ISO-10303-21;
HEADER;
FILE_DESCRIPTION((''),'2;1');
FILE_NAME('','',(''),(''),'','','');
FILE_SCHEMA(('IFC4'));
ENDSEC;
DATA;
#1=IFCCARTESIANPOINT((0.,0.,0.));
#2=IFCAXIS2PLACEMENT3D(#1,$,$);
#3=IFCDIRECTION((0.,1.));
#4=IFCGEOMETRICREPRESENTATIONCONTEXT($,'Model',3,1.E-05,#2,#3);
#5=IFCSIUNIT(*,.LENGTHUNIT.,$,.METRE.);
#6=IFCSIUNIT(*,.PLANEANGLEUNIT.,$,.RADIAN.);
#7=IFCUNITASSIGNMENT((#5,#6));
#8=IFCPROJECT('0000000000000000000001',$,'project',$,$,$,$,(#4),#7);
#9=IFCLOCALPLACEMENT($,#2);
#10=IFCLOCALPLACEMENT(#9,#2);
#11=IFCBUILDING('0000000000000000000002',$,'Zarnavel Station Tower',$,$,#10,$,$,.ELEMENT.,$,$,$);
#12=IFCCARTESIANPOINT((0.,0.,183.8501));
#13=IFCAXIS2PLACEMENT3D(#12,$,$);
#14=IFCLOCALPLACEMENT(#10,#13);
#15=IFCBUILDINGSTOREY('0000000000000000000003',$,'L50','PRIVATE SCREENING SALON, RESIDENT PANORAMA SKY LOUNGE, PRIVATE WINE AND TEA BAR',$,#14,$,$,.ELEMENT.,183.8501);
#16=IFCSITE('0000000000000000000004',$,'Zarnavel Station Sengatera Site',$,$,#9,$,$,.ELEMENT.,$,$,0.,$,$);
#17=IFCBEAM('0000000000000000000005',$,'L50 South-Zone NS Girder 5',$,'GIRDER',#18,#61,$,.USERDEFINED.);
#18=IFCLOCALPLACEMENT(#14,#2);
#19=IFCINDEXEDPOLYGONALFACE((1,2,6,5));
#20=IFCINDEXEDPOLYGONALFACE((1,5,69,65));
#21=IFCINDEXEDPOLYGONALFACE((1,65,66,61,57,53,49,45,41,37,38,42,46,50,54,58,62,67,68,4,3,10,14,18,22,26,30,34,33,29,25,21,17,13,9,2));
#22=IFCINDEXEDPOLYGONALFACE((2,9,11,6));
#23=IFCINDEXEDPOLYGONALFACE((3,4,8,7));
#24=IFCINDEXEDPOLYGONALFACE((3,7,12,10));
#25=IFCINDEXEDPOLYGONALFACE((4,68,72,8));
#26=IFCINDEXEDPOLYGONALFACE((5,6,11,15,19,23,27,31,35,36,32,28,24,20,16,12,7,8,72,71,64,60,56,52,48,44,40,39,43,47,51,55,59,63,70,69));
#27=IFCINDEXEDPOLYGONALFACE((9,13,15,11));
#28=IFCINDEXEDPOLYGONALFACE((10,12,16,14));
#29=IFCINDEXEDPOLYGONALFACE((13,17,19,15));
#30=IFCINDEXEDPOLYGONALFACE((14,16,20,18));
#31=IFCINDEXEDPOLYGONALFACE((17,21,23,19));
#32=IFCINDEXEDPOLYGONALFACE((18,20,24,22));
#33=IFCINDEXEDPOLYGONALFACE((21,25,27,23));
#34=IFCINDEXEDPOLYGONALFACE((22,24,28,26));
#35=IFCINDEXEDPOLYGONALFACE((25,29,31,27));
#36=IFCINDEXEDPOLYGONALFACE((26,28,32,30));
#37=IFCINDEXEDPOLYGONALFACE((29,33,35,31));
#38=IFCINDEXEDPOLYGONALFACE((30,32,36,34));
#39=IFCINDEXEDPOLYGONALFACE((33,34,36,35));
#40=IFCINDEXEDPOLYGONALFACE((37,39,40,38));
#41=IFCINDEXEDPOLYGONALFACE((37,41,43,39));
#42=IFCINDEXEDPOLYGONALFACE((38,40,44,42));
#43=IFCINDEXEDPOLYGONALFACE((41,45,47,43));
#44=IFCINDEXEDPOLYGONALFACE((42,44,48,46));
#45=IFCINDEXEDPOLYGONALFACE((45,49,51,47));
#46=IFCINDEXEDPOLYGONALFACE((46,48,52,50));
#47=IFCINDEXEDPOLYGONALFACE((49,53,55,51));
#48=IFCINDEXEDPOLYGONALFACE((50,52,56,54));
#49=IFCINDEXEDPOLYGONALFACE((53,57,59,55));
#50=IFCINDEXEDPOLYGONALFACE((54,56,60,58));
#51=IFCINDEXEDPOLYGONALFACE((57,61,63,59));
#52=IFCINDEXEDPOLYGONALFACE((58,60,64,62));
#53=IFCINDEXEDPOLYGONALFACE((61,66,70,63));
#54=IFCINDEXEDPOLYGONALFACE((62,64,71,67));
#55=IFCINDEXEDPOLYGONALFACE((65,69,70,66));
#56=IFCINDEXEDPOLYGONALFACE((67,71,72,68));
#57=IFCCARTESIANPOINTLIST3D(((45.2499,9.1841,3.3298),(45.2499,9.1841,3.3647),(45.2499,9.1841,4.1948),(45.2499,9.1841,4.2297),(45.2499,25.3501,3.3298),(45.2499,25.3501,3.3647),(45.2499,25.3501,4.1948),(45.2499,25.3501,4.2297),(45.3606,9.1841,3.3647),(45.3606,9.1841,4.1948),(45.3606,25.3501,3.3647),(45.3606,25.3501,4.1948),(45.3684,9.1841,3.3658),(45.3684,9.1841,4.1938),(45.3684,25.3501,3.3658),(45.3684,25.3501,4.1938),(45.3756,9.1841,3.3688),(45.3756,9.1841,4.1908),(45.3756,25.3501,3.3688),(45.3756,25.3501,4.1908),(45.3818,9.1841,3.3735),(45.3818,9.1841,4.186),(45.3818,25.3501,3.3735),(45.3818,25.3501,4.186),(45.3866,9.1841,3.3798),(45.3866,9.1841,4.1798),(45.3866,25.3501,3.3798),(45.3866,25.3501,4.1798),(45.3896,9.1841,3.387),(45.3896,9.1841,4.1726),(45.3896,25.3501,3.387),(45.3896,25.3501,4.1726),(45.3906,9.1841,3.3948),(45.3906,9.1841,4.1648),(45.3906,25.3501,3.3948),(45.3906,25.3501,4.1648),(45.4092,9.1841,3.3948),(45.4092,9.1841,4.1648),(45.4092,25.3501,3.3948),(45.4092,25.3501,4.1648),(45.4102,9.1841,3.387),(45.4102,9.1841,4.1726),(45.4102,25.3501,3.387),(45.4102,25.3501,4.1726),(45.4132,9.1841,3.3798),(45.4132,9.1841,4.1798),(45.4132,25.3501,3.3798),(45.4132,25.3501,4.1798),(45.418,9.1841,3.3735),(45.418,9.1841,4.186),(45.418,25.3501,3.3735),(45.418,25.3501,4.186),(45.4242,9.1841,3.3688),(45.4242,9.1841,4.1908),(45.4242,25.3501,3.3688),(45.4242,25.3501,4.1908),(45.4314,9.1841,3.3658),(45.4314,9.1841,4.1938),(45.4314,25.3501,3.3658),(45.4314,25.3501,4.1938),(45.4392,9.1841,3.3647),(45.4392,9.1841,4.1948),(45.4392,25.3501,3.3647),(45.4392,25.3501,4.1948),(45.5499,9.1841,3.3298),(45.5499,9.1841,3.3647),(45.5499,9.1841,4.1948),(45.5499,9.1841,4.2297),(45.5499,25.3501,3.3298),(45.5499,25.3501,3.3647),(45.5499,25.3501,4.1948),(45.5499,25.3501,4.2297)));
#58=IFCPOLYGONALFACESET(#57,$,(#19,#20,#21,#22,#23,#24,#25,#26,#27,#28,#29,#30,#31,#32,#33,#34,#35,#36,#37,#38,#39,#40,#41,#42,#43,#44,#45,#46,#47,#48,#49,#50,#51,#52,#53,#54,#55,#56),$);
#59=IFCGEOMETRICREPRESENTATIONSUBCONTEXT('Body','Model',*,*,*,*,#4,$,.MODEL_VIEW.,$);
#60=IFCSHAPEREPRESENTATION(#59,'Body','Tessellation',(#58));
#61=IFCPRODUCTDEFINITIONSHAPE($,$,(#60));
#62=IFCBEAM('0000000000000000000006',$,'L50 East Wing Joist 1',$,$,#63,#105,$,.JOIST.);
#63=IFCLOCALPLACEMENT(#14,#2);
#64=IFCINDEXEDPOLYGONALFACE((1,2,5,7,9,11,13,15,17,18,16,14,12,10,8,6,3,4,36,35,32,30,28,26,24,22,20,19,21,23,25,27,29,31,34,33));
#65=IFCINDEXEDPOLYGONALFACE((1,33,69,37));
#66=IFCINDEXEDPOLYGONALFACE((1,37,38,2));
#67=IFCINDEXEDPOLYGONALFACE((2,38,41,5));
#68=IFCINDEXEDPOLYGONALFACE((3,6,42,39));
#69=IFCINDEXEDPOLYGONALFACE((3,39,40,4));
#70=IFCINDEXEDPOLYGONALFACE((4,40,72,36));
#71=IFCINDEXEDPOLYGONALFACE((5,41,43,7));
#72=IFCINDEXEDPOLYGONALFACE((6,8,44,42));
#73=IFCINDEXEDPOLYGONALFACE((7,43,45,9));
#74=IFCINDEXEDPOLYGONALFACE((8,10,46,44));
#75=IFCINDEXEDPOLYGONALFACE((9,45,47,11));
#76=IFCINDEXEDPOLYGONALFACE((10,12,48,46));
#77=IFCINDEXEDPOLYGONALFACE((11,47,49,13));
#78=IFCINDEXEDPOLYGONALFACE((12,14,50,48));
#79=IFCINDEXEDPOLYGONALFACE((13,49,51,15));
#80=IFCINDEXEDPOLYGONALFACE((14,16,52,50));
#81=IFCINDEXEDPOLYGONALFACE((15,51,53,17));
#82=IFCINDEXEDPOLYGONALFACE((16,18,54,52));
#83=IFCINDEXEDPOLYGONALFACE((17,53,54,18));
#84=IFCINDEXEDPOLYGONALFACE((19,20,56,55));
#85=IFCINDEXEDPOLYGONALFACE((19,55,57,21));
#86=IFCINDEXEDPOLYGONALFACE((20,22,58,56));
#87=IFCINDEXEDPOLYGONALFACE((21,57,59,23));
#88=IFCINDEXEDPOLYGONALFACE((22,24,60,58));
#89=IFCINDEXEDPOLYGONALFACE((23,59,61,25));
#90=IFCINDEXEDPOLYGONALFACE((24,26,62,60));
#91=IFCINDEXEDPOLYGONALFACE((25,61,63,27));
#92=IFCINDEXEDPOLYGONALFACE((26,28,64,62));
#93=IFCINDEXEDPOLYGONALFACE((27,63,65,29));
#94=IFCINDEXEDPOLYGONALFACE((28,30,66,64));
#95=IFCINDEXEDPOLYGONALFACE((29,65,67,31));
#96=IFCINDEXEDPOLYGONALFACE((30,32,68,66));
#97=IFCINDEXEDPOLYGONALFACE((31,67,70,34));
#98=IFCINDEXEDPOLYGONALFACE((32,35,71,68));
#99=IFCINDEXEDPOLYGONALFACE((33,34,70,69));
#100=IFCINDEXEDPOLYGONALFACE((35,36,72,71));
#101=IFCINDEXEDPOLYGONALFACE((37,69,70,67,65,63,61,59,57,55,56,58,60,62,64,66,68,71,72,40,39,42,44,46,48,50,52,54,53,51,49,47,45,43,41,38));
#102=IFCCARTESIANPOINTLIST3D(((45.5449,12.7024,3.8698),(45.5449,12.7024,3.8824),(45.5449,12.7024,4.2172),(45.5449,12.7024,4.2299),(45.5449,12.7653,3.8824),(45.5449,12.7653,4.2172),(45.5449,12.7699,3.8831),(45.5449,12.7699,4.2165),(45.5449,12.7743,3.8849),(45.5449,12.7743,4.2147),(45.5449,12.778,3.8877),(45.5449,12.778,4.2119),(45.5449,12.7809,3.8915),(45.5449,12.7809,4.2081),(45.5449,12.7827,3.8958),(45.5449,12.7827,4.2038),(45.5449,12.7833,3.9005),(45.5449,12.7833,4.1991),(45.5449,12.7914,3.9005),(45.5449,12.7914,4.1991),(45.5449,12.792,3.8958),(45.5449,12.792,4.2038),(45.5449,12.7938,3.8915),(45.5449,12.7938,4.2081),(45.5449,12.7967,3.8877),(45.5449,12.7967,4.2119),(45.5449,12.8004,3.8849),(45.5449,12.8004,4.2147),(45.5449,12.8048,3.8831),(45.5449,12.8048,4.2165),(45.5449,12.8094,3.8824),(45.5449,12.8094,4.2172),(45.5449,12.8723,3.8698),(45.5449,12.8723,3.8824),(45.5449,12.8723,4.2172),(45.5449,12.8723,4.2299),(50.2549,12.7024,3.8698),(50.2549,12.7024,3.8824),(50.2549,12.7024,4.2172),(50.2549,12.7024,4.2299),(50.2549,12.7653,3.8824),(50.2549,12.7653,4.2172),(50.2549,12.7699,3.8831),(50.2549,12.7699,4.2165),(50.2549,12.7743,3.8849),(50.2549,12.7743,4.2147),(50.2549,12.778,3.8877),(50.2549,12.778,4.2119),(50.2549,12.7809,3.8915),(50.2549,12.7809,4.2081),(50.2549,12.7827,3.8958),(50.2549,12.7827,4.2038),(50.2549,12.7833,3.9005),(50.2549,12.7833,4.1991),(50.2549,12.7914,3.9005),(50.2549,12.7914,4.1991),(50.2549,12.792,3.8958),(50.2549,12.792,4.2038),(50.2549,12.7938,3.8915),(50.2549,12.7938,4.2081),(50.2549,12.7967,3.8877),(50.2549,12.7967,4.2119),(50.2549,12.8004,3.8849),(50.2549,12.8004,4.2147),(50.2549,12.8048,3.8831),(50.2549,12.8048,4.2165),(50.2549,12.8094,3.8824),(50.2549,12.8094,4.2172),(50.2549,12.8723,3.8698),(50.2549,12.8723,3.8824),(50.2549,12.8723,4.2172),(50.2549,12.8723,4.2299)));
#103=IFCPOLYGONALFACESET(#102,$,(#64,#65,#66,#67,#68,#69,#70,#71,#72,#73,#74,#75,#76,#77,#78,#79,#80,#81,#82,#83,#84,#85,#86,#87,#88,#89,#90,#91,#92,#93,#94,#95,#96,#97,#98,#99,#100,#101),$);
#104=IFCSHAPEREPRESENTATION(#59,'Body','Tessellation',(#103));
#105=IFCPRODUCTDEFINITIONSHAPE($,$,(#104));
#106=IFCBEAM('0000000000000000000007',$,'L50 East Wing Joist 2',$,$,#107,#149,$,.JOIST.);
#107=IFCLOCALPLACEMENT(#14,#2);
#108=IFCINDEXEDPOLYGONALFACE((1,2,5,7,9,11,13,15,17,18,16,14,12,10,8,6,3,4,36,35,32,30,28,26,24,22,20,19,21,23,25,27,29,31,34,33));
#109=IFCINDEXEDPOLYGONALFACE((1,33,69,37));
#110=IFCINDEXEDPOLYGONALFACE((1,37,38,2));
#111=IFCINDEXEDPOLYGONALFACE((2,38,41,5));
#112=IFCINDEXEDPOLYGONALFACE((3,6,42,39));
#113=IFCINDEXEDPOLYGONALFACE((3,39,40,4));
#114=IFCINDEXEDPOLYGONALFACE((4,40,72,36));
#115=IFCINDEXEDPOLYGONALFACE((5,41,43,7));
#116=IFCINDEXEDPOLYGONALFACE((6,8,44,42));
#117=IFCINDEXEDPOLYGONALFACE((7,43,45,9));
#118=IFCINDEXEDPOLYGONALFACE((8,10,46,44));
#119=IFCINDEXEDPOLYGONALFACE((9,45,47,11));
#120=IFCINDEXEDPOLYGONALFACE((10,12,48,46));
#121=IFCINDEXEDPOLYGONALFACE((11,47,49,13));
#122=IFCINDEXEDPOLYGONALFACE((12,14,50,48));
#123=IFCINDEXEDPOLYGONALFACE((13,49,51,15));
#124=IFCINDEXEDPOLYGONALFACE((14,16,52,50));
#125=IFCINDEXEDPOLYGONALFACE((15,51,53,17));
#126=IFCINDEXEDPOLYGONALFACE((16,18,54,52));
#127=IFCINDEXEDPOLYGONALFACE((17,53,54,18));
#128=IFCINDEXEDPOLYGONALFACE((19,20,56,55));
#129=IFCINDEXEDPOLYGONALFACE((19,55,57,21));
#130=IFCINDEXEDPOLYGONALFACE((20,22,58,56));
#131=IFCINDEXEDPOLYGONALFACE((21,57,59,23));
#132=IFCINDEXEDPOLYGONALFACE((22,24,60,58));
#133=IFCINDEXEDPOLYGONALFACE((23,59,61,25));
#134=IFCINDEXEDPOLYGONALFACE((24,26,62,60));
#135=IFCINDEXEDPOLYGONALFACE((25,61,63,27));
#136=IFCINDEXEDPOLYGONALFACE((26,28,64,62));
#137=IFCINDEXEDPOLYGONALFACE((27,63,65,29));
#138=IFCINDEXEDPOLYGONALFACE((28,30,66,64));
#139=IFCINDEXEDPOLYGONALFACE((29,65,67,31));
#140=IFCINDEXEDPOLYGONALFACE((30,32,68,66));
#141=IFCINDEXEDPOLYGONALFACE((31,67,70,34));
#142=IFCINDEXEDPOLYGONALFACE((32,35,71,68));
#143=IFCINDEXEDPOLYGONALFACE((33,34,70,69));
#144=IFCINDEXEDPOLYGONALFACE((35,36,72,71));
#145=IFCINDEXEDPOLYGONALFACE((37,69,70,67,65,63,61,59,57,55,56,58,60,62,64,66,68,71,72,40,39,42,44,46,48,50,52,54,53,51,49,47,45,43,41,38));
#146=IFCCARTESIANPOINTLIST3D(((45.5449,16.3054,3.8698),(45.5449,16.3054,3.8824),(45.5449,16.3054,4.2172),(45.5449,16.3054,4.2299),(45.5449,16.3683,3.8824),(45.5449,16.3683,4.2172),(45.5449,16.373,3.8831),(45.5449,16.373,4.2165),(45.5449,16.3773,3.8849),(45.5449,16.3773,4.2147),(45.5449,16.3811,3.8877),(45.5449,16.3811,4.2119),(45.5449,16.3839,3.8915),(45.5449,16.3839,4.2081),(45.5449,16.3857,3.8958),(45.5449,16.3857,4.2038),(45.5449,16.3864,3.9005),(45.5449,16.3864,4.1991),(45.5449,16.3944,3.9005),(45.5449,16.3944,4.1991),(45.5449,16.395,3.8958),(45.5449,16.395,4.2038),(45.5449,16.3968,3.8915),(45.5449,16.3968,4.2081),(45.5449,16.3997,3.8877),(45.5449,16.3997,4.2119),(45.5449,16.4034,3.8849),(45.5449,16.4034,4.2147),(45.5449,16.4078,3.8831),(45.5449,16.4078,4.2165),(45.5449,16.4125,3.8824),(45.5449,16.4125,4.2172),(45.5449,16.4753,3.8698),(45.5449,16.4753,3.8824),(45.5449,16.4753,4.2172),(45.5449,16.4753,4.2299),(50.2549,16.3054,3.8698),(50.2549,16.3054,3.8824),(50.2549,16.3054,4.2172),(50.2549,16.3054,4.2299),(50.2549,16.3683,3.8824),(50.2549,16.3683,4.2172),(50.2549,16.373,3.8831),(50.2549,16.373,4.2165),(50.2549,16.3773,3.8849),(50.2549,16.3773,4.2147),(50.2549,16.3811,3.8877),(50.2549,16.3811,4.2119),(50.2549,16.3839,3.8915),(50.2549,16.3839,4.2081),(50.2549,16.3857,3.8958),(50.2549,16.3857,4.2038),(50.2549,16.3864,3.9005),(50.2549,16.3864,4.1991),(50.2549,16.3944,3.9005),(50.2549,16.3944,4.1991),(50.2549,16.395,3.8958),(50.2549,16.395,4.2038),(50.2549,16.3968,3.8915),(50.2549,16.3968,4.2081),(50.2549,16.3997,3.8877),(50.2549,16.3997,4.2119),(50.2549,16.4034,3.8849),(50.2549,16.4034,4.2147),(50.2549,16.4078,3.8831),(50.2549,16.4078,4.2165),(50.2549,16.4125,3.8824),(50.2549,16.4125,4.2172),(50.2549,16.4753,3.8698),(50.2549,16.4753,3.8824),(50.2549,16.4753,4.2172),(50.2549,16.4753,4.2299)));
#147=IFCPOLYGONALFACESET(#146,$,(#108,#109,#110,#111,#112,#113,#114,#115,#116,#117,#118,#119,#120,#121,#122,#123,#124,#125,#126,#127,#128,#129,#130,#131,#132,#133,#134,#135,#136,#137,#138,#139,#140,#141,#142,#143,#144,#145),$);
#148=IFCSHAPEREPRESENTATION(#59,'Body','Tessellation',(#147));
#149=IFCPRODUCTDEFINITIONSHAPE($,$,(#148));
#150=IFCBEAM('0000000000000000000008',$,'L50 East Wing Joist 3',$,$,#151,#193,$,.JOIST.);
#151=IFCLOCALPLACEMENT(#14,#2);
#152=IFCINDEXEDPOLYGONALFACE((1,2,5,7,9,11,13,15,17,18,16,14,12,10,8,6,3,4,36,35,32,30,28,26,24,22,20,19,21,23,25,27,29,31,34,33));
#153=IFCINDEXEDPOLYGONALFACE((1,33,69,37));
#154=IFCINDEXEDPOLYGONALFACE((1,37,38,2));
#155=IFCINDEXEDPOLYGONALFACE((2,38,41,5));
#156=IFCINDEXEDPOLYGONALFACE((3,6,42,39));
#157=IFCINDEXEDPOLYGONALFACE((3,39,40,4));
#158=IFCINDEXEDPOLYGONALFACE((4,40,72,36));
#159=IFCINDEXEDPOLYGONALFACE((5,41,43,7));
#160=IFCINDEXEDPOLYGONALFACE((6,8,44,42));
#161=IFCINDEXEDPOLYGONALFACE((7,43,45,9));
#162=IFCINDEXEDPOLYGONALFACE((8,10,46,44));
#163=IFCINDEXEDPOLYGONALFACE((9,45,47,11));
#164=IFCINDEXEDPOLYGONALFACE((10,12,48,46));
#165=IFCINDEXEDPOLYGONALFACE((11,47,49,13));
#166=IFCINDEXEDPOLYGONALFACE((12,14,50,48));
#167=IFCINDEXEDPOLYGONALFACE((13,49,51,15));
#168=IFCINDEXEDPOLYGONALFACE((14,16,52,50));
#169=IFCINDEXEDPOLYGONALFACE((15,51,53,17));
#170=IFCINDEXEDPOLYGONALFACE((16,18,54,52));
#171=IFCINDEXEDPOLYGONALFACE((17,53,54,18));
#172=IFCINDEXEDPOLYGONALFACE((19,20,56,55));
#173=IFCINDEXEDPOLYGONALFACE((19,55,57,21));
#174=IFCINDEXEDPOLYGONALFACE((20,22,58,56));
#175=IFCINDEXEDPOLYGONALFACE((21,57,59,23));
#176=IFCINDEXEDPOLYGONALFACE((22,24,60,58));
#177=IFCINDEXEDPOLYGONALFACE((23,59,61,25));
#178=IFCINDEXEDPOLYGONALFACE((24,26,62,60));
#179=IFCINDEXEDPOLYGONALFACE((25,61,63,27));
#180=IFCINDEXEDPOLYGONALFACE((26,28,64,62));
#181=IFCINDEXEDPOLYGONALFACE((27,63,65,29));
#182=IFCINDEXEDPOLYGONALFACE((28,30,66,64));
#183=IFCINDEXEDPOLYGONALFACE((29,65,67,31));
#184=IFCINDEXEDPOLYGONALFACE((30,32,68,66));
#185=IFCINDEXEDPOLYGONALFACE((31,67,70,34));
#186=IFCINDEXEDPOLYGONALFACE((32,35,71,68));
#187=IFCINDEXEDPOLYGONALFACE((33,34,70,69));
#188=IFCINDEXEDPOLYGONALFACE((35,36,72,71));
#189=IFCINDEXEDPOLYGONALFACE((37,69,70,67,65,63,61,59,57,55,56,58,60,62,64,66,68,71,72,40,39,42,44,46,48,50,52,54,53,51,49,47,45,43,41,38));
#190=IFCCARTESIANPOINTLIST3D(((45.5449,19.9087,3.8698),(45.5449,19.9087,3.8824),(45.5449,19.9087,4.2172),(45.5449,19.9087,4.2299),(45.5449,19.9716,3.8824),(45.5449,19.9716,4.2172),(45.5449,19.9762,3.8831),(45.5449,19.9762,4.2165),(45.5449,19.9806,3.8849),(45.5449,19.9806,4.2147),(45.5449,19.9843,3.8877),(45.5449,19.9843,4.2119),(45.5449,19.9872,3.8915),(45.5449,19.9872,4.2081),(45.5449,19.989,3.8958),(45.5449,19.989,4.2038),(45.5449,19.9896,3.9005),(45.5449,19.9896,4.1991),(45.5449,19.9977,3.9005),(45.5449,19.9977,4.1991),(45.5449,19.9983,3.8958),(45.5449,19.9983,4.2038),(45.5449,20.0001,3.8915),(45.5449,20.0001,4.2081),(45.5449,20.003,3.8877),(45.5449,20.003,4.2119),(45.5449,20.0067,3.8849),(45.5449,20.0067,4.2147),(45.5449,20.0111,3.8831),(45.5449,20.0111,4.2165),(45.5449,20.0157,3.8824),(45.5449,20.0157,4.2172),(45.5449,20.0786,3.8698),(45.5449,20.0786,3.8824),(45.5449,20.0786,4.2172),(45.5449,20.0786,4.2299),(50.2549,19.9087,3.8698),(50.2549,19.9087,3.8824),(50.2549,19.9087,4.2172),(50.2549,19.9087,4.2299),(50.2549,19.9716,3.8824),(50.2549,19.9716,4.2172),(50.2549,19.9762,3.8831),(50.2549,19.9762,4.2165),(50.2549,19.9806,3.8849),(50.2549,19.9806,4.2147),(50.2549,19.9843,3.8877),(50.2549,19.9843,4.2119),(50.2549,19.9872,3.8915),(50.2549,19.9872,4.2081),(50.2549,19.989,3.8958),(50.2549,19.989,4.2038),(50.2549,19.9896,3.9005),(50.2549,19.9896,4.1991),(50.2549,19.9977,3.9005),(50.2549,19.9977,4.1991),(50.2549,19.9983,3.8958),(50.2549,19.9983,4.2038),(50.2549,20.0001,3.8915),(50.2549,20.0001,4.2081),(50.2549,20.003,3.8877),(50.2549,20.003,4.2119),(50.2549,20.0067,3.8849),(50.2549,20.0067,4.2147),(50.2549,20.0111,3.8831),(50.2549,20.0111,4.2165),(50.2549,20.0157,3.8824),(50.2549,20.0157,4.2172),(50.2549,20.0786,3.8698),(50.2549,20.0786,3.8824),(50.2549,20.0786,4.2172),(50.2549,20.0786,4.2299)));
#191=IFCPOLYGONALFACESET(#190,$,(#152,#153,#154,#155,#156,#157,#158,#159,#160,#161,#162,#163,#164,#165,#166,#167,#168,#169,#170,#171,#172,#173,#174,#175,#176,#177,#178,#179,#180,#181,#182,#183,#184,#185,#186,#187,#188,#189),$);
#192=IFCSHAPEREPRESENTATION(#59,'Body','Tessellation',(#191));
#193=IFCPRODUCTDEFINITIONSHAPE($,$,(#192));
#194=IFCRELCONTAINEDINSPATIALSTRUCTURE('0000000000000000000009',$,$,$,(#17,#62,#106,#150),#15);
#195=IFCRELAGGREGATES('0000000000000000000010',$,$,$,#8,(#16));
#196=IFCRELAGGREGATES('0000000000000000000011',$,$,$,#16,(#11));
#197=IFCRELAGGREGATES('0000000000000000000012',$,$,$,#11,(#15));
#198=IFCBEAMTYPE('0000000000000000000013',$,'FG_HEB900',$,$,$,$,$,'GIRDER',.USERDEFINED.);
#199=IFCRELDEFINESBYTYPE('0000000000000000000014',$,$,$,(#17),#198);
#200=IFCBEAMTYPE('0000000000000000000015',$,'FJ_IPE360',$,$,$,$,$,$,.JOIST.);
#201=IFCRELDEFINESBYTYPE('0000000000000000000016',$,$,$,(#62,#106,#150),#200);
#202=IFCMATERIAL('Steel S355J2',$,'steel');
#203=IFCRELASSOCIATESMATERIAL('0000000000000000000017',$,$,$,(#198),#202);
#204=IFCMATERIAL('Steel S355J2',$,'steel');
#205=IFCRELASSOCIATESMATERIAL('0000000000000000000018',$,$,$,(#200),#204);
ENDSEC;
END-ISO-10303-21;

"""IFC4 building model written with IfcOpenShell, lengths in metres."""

from ifc_helpers import new_model, si_unit, direction, frame, origin, origin_2d, place, context, subcontext, project, spatial, i_section, extrude, material, material_profile, profile_set, type_object, element, save


model = new_model("IFC4")

# Units and contexts
model_context = context("Model", 3, precision=1e-05, world=origin(), true_north=direction((0.0, 1.0)))
body_context = subcontext(model_context, "Body", "Model", "MODEL_VIEW")
ifc_project = project(units=[si_unit("LENGTHUNIT", "METRE"), si_unit("PLANEANGLEUNIT", "RADIAN")], contexts=[model_context])

# Site, building, storey
site_placement = place(None, origin())
site = spatial("IfcSite", under=ifc_project, at=site_placement, Name="Zarnavel Station Sengatera Site", CompositionType="ELEMENT", RefElevation=0.0)
building_placement = place(site_placement, origin())
building = spatial("IfcBuilding", under=site, at=building_placement, Name="Zarnavel Station Tower", CompositionType="ELEMENT")
storey_placement = place(building_placement, frame((0.0, 0.0, 183.8501)))
storey = spatial("IfcBuildingStorey", under=building, at=storey_placement, Name="L50", Description="PRIVATE SCREENING SALON, RESIDENT PANORAMA SKY LOUNGE, PRIVATE WINE AND TEA BAR", CompositionType="ELEMENT", Elevation=183.8501)

# Beams
ifc_material_1 = material(Name="Steel S355J2", Category="steel")
ifc_material_profile_1 = material_profile(ifc_material_1, i_section(OverallWidth=0.3, OverallDepth=0.8999, WebThickness=0.0186, FlangeThickness=0.0349, FilletRadius=0.03, at=origin_2d()), Name="HEB900")
ifc_profile_set_1 = profile_set([ifc_material_profile_1], Name="Steel S355J2")
beam_type_1 = type_object("IfcBeamType", Name="FG_HEB900", ElementType="GIRDER", PredefinedType="USERDEFINED", material=ifc_profile_set_1)
beam_1_placement = place(storey_placement, frame((45.3999, 9.1841, 3.7798), z_axis=(0.0, 1.0, 0.0), x_axis=(-1.0, 0.0, 0.0)))
element("IfcBeam", 1, at=beam_1_placement, inside=storey, type_object=beam_type_1, Name="L50 South-Zone NS Girder 5", ObjectType="GIRDER", PredefinedType="USERDEFINED", context=body_context, shape_type="SweptSolid", body=[
    extrude(i_section(OverallWidth=0.3, OverallDepth=0.8999, WebThickness=0.0186, FlangeThickness=0.0349, FilletRadius=0.03, at=origin_2d()), origin(), (0.0, 0.0, 1.0), 16.166),
])
ifc_material_2 = material(Name="Steel S355J2", Category="steel")
ifc_material_profile_2 = material_profile(ifc_material_2, i_section(OverallWidth=0.1699, OverallDepth=0.3601, WebThickness=0.0081, FlangeThickness=0.0127, FilletRadius=0.0181, at=origin_2d()), Name="IPE360")
ifc_profile_set_2 = profile_set([ifc_material_profile_2], Name="Steel S355J2")
beam_type_2 = type_object("IfcBeamType", Name="FJ_IPE360", PredefinedType="JOIST", material=ifc_profile_set_2)
for number, where, z_axis, x_axis, name in (
    (2, (45.5449, 12.7874, 4.0498), (1.0, 0.0, 0.0), (0.0, 1.0, 0.0), "L50 East Wing Joist 1"),
    (3, (45.5449, 16.3904, 4.0498), (1.0, 0.0, 0.0), (0.0, 1.0, 0.0), "L50 East Wing Joist 2"),
    (4, (45.5449, 19.9937, 4.0498), (1.0, 0.0, 0.0), (0.0, 1.0, 0.0), "L50 East Wing Joist 3"),
):
    element("IfcBeam", number, at=place(storey_placement, frame(where, z_axis=z_axis, x_axis=x_axis)), inside=storey, type_object=beam_type_2, Name=name, PredefinedType="JOIST", context=body_context, shape_type="SweptSolid", body=[
        extrude(i_section(OverallWidth=0.1699, OverallDepth=0.3601, WebThickness=0.0081, FlangeThickness=0.0127, FilletRadius=0.0181, at=origin_2d()), origin(), (0.0, 0.0, 1.0), 4.71),
    ])

save(model, "model.ifc")
